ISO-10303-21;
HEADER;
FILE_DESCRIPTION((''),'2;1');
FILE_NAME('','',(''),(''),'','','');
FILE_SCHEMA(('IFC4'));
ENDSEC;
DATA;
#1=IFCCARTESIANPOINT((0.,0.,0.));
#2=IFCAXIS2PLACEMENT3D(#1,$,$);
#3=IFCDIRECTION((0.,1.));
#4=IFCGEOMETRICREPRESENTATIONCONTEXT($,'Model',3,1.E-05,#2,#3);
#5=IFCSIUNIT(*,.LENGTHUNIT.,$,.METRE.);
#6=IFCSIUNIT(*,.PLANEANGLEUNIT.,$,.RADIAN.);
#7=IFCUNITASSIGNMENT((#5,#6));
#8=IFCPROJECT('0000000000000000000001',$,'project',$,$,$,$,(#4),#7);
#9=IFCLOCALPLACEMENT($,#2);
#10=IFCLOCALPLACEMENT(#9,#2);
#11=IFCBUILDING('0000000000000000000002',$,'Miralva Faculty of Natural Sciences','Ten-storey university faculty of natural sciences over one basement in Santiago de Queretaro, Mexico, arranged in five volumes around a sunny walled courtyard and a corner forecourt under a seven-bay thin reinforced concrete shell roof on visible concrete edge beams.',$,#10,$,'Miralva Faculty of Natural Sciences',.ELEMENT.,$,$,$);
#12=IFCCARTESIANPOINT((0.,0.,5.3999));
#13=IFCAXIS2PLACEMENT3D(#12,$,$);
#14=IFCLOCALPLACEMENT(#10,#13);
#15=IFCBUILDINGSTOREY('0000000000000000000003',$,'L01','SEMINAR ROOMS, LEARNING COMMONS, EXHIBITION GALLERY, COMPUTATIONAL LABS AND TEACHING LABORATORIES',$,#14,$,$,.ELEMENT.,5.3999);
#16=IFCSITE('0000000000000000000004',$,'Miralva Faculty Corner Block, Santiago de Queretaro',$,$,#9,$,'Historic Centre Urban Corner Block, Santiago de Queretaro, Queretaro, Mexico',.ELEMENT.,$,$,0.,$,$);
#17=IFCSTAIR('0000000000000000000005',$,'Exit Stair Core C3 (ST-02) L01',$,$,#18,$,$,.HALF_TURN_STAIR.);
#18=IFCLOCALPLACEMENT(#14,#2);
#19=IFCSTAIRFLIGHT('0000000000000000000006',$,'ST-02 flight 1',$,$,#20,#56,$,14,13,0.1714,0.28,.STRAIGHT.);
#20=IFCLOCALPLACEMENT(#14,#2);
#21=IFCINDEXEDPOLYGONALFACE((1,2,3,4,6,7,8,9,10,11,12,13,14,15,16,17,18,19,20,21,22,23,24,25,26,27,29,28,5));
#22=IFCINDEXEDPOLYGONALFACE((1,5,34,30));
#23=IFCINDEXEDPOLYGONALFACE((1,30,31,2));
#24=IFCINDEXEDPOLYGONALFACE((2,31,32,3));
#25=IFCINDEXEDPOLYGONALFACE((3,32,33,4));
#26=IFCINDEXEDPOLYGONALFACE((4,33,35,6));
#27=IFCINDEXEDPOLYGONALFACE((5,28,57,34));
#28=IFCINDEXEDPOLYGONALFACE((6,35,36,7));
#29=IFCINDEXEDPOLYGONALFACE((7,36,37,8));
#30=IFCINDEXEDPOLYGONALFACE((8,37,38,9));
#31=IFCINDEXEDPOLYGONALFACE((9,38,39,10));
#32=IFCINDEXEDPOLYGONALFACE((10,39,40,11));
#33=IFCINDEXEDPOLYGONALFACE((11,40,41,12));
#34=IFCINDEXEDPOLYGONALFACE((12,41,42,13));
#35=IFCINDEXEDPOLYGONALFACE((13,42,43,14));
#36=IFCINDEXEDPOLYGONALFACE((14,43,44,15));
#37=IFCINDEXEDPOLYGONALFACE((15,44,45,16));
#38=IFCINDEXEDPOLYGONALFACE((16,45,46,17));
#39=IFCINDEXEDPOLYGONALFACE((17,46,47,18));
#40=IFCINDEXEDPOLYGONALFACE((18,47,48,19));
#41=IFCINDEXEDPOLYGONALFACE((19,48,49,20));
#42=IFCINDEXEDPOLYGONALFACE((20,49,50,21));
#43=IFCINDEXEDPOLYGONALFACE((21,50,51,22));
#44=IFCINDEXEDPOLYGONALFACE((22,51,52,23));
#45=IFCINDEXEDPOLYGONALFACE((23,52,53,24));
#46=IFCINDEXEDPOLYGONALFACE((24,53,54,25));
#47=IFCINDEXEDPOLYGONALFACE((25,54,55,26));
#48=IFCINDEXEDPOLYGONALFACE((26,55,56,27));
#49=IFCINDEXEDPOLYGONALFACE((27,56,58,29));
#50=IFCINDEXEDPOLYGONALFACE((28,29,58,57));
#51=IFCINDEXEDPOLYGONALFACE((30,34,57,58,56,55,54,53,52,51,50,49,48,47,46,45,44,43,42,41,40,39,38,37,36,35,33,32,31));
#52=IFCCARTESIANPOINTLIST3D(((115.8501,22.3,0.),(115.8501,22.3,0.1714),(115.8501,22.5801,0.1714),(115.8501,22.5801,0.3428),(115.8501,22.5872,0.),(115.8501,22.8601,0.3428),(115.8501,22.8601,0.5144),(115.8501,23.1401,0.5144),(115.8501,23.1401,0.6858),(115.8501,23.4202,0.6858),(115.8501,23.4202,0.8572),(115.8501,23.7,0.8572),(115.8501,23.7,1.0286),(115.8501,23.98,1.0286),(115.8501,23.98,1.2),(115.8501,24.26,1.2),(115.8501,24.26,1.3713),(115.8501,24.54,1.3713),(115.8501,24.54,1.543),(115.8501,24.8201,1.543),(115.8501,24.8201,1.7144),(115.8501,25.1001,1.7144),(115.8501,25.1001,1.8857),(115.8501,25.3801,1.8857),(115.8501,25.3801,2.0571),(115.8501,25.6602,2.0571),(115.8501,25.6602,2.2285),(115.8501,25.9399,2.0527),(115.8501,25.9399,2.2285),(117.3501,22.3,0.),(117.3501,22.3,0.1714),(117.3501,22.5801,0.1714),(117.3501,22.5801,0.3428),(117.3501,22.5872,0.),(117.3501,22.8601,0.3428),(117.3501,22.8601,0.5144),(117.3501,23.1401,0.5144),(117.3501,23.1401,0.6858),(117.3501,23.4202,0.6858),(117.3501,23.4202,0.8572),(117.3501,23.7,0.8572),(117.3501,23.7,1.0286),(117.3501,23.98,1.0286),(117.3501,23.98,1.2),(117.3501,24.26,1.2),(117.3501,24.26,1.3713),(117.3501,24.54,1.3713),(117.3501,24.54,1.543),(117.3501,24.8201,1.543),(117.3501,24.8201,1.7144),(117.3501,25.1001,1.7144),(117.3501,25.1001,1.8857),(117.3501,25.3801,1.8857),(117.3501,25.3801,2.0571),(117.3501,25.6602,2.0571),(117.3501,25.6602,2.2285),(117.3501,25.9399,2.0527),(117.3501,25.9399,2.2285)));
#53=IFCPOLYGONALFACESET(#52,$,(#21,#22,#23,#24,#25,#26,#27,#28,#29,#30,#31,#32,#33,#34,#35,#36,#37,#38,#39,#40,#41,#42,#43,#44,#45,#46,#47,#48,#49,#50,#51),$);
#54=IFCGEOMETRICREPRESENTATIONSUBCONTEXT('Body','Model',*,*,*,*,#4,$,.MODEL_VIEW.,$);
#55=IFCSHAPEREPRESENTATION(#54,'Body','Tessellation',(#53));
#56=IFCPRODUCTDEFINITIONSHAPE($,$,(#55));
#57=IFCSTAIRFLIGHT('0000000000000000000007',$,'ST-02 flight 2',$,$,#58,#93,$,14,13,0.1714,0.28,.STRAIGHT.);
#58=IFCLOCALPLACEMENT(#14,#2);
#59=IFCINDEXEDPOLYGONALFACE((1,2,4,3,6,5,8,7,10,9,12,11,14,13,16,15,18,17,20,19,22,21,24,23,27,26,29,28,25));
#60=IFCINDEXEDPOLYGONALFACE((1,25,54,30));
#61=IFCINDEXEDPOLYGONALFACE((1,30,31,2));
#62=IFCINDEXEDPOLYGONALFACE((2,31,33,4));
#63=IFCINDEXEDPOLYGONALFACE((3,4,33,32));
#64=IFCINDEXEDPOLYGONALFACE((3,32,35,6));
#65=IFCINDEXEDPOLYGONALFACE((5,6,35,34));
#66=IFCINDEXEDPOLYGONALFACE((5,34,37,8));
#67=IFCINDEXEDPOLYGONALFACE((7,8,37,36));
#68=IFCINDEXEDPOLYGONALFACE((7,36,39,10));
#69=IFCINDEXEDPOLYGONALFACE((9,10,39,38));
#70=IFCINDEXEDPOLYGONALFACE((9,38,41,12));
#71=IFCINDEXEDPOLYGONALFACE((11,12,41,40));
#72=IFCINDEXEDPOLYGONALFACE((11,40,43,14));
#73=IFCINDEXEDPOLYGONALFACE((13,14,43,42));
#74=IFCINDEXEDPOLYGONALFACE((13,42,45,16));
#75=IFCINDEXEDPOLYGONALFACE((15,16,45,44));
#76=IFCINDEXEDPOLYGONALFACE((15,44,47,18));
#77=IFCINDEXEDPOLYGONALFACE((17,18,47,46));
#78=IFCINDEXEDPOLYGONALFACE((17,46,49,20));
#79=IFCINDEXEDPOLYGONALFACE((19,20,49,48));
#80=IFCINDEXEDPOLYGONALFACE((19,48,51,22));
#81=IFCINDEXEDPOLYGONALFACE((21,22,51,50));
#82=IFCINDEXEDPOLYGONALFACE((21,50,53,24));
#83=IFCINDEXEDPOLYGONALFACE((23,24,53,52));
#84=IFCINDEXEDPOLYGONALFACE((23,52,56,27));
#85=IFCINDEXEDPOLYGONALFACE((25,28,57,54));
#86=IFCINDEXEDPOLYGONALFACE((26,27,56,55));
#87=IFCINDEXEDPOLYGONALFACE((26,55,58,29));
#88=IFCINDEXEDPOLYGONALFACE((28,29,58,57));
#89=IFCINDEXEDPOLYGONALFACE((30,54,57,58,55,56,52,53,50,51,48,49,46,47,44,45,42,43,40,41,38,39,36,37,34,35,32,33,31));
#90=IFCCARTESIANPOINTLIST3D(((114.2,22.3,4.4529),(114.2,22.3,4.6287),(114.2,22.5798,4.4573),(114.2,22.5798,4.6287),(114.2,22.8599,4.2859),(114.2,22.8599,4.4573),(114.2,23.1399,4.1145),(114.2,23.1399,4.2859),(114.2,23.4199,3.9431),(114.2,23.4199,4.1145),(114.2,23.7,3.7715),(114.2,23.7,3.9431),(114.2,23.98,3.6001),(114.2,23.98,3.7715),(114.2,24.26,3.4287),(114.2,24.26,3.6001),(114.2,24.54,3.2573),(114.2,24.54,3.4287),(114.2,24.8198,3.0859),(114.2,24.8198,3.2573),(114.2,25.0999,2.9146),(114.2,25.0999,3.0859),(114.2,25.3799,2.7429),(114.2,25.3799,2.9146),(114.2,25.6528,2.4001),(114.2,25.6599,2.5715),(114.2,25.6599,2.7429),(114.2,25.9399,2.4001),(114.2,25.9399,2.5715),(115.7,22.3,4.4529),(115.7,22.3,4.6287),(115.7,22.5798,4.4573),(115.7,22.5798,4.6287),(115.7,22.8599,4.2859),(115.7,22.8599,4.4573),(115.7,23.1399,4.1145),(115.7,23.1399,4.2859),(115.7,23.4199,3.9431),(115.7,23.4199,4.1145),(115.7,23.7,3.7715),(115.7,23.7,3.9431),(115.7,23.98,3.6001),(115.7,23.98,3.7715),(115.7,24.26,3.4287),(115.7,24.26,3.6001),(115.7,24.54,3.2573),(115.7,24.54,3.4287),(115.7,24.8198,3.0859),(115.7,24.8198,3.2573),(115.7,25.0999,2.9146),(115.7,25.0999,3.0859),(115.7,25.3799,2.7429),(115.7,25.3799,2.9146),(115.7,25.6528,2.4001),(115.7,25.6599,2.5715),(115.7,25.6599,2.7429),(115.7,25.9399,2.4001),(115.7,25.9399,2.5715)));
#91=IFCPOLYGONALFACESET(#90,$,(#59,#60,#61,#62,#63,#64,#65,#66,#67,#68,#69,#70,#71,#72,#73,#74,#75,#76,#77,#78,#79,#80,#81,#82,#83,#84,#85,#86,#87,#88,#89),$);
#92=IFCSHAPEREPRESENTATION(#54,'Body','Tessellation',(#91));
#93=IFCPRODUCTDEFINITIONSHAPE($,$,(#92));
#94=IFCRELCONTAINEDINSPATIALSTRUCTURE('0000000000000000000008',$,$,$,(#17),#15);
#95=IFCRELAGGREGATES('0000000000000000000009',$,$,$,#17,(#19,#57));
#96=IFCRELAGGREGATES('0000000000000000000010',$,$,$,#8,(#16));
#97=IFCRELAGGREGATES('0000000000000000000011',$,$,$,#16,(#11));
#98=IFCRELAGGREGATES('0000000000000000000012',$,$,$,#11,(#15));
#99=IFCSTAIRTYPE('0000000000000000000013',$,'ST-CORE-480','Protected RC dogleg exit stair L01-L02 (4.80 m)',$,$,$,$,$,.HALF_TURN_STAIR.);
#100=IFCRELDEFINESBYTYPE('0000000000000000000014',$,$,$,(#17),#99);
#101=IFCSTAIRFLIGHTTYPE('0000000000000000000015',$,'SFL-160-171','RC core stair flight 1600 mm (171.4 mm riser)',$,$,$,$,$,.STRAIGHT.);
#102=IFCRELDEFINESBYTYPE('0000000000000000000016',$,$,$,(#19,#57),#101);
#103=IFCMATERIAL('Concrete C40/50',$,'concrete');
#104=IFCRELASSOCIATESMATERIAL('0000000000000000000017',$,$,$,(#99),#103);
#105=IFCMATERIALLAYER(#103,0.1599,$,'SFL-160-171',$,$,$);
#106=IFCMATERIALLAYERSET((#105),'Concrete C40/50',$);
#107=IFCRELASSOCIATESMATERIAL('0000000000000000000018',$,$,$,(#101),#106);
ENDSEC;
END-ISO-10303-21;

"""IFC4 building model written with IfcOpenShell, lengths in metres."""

from ifc_helpers import new_model, si_unit, direction, frame, origin, place, context, subcontext, project, spatial, polyline, outline, extrude, material, layer, layer_set, type_object, element, aggregate, save


model = new_model("IFC4")

# Units and contexts
model_context = context("Model", 3, precision=1e-05, world=origin(), true_north=direction((0.0, 1.0)))
body_context = subcontext(model_context, "Body", "Model", "MODEL_VIEW")
ifc_project = project(units=[si_unit("LENGTHUNIT", "METRE"), si_unit("PLANEANGLEUNIT", "RADIAN")], contexts=[model_context])

# Site, building, storey
site_placement = place(None, origin())
site = spatial("IfcSite", under=ifc_project, at=site_placement, Name="Miralva Faculty Corner Block, Santiago de Queretaro", LongName="Historic Centre Urban Corner Block, Santiago de Queretaro, Queretaro, Mexico", CompositionType="ELEMENT", RefElevation=0.0)
building_placement = place(site_placement, origin())
building = spatial("IfcBuilding", under=site, at=building_placement, Name="Miralva Faculty of Natural Sciences", Description="Ten-storey university faculty of natural sciences over one basement in Santiago de Queretaro, Mexico, arranged in five volumes around a sunny walled courtyard and a corner forecourt under a seven-bay thin reinforced concrete shell roof on visible concrete edge beams.", LongName="Miralva Faculty of Natural Sciences", CompositionType="ELEMENT")
storey_placement = place(building_placement, frame((0.0, 0.0, 5.3999)))
storey = spatial("IfcBuildingStorey", under=building, at=storey_placement, Name="L01", Description="SEMINAR ROOMS, LEARNING COMMONS, EXHIBITION GALLERY, COMPUTATIONAL LABS AND TEACHING LABORATORIES", CompositionType="ELEMENT", Elevation=5.3999)

# Shared definitions
ifc_material_1 = material(Name="Concrete C40/50", Category="concrete")

# Stair, stair flights
stair_type = type_object("IfcStairType", Name="ST-CORE-480", Description="Protected RC dogleg exit stair L01-L02 (4.80 m)", PredefinedType="HALF_TURN_STAIR", material=ifc_material_1)
stair_placement = place(storey_placement, origin())
stair = element("IfcStair", 1, at=stair_placement, inside=storey, type_object=stair_type, Name="Exit Stair Core C3 (ST-02) L01", PredefinedType="HALF_TURN_STAIR")
ifc_layer_1 = layer(ifc_material_1, 0.1599, Name="SFL-160-171")
ifc_layer_set_1 = layer_set([ifc_layer_1], Name="Concrete C40/50")
stair_flight_type = type_object("IfcStairFlightType", Name="SFL-160-171", Description="RC core stair flight 1600 mm (171.4 mm riser)", PredefinedType="STRAIGHT", material=ifc_layer_set_1)
stair_flight_1_placement = place(storey_placement, frame((116.6001, 22.3, 0.0), z_axis=(0.0, 0.0, 1.0), x_axis=(0.0, 1.0, 0.0)))
stair_flight_1 = element("IfcStairFlight", 2, at=stair_flight_1_placement, type_object=stair_flight_type, Name="ST-02 flight 1", NumberOfRisers=14, NumberOfTreads=13, PredefinedType="STRAIGHT", RiserHeight=0.1714, TreadLength=0.28, context=body_context, shape_type="SweptSolid", body=[
    extrude(outline(polyline([(0.0, 0.0), (0.0, 0.1714), (0.28, 0.1714), (0.28, 0.3428), (0.5601, 0.3428), (0.5601, 0.5144), (0.8401, 0.5144), (0.8401, 0.6858), (1.1201, 0.6858), (1.1201, 0.8572), (1.3999, 0.8572), (1.3999, 1.0286), (1.6799, 1.0286), (1.6799, 1.2), (1.96, 1.2), (1.96, 1.3713), (2.24, 1.3713), (2.24, 1.543), (2.52, 1.543), (2.52, 1.7144), (2.8, 1.7144), (2.8, 1.8857), (3.0801, 1.8857), (3.0801, 2.0571), (3.3601, 2.0571), (3.3601, 2.2285), (3.6399, 2.2285), (3.6399, 2.3999), (3.6399, 2.0527), (0.2871, 0.0), (0.0, 0.0)])), frame((0.0, 0.75, 0.0), z_axis=(0.0, -1.0, 0.0), x_axis=(1.0, 0.0, 0.0)), (0.0, 0.0, 1.0), 1.5),
])
stair_flight_2_placement = place(storey_placement, frame((114.95, 25.9399, 2.4001), z_axis=(0.0, 0.0, 1.0), x_axis=(0.0, -1.0, 0.0)))
stair_flight_2 = element("IfcStairFlight", 3, at=stair_flight_2_placement, type_object=stair_flight_type, Name="ST-02 flight 2", NumberOfRisers=14, NumberOfTreads=13, PredefinedType="STRAIGHT", RiserHeight=0.1714, TreadLength=0.28, context=body_context, shape_type="SweptSolid", body=[
    extrude(outline(polyline([(0.0, 0.0), (0.0, 0.1714), (0.28, 0.1714), (0.28, 0.3428), (0.5601, 0.3428), (0.5601, 0.5144), (0.8401, 0.5144), (0.8401, 0.6858), (1.1201, 0.6858), (1.1201, 0.8572), (1.3999, 0.8572), (1.3999, 1.0286), (1.6799, 1.0286), (1.6799, 1.2), (1.96, 1.2), (1.96, 1.3713), (2.24, 1.3713), (2.24, 1.543), (2.52, 1.543), (2.52, 1.7144), (2.8, 1.7144), (2.8, 1.8857), (3.0801, 1.8857), (3.0801, 2.0571), (3.3601, 2.0571), (3.3601, 2.2285), (3.6399, 2.2285), (3.6399, 2.3999), (3.6399, 2.0527), (0.2871, 0.0), (0.0, 0.0)])), frame((0.0, 0.75, 0.0), z_axis=(0.0, -1.0, 0.0), x_axis=(1.0, 0.0, 0.0)), (0.0, 0.0, 1.0), 1.5),
])
aggregate(stair, [stair_flight_1, stair_flight_2])

save(model, "model.ifc")
